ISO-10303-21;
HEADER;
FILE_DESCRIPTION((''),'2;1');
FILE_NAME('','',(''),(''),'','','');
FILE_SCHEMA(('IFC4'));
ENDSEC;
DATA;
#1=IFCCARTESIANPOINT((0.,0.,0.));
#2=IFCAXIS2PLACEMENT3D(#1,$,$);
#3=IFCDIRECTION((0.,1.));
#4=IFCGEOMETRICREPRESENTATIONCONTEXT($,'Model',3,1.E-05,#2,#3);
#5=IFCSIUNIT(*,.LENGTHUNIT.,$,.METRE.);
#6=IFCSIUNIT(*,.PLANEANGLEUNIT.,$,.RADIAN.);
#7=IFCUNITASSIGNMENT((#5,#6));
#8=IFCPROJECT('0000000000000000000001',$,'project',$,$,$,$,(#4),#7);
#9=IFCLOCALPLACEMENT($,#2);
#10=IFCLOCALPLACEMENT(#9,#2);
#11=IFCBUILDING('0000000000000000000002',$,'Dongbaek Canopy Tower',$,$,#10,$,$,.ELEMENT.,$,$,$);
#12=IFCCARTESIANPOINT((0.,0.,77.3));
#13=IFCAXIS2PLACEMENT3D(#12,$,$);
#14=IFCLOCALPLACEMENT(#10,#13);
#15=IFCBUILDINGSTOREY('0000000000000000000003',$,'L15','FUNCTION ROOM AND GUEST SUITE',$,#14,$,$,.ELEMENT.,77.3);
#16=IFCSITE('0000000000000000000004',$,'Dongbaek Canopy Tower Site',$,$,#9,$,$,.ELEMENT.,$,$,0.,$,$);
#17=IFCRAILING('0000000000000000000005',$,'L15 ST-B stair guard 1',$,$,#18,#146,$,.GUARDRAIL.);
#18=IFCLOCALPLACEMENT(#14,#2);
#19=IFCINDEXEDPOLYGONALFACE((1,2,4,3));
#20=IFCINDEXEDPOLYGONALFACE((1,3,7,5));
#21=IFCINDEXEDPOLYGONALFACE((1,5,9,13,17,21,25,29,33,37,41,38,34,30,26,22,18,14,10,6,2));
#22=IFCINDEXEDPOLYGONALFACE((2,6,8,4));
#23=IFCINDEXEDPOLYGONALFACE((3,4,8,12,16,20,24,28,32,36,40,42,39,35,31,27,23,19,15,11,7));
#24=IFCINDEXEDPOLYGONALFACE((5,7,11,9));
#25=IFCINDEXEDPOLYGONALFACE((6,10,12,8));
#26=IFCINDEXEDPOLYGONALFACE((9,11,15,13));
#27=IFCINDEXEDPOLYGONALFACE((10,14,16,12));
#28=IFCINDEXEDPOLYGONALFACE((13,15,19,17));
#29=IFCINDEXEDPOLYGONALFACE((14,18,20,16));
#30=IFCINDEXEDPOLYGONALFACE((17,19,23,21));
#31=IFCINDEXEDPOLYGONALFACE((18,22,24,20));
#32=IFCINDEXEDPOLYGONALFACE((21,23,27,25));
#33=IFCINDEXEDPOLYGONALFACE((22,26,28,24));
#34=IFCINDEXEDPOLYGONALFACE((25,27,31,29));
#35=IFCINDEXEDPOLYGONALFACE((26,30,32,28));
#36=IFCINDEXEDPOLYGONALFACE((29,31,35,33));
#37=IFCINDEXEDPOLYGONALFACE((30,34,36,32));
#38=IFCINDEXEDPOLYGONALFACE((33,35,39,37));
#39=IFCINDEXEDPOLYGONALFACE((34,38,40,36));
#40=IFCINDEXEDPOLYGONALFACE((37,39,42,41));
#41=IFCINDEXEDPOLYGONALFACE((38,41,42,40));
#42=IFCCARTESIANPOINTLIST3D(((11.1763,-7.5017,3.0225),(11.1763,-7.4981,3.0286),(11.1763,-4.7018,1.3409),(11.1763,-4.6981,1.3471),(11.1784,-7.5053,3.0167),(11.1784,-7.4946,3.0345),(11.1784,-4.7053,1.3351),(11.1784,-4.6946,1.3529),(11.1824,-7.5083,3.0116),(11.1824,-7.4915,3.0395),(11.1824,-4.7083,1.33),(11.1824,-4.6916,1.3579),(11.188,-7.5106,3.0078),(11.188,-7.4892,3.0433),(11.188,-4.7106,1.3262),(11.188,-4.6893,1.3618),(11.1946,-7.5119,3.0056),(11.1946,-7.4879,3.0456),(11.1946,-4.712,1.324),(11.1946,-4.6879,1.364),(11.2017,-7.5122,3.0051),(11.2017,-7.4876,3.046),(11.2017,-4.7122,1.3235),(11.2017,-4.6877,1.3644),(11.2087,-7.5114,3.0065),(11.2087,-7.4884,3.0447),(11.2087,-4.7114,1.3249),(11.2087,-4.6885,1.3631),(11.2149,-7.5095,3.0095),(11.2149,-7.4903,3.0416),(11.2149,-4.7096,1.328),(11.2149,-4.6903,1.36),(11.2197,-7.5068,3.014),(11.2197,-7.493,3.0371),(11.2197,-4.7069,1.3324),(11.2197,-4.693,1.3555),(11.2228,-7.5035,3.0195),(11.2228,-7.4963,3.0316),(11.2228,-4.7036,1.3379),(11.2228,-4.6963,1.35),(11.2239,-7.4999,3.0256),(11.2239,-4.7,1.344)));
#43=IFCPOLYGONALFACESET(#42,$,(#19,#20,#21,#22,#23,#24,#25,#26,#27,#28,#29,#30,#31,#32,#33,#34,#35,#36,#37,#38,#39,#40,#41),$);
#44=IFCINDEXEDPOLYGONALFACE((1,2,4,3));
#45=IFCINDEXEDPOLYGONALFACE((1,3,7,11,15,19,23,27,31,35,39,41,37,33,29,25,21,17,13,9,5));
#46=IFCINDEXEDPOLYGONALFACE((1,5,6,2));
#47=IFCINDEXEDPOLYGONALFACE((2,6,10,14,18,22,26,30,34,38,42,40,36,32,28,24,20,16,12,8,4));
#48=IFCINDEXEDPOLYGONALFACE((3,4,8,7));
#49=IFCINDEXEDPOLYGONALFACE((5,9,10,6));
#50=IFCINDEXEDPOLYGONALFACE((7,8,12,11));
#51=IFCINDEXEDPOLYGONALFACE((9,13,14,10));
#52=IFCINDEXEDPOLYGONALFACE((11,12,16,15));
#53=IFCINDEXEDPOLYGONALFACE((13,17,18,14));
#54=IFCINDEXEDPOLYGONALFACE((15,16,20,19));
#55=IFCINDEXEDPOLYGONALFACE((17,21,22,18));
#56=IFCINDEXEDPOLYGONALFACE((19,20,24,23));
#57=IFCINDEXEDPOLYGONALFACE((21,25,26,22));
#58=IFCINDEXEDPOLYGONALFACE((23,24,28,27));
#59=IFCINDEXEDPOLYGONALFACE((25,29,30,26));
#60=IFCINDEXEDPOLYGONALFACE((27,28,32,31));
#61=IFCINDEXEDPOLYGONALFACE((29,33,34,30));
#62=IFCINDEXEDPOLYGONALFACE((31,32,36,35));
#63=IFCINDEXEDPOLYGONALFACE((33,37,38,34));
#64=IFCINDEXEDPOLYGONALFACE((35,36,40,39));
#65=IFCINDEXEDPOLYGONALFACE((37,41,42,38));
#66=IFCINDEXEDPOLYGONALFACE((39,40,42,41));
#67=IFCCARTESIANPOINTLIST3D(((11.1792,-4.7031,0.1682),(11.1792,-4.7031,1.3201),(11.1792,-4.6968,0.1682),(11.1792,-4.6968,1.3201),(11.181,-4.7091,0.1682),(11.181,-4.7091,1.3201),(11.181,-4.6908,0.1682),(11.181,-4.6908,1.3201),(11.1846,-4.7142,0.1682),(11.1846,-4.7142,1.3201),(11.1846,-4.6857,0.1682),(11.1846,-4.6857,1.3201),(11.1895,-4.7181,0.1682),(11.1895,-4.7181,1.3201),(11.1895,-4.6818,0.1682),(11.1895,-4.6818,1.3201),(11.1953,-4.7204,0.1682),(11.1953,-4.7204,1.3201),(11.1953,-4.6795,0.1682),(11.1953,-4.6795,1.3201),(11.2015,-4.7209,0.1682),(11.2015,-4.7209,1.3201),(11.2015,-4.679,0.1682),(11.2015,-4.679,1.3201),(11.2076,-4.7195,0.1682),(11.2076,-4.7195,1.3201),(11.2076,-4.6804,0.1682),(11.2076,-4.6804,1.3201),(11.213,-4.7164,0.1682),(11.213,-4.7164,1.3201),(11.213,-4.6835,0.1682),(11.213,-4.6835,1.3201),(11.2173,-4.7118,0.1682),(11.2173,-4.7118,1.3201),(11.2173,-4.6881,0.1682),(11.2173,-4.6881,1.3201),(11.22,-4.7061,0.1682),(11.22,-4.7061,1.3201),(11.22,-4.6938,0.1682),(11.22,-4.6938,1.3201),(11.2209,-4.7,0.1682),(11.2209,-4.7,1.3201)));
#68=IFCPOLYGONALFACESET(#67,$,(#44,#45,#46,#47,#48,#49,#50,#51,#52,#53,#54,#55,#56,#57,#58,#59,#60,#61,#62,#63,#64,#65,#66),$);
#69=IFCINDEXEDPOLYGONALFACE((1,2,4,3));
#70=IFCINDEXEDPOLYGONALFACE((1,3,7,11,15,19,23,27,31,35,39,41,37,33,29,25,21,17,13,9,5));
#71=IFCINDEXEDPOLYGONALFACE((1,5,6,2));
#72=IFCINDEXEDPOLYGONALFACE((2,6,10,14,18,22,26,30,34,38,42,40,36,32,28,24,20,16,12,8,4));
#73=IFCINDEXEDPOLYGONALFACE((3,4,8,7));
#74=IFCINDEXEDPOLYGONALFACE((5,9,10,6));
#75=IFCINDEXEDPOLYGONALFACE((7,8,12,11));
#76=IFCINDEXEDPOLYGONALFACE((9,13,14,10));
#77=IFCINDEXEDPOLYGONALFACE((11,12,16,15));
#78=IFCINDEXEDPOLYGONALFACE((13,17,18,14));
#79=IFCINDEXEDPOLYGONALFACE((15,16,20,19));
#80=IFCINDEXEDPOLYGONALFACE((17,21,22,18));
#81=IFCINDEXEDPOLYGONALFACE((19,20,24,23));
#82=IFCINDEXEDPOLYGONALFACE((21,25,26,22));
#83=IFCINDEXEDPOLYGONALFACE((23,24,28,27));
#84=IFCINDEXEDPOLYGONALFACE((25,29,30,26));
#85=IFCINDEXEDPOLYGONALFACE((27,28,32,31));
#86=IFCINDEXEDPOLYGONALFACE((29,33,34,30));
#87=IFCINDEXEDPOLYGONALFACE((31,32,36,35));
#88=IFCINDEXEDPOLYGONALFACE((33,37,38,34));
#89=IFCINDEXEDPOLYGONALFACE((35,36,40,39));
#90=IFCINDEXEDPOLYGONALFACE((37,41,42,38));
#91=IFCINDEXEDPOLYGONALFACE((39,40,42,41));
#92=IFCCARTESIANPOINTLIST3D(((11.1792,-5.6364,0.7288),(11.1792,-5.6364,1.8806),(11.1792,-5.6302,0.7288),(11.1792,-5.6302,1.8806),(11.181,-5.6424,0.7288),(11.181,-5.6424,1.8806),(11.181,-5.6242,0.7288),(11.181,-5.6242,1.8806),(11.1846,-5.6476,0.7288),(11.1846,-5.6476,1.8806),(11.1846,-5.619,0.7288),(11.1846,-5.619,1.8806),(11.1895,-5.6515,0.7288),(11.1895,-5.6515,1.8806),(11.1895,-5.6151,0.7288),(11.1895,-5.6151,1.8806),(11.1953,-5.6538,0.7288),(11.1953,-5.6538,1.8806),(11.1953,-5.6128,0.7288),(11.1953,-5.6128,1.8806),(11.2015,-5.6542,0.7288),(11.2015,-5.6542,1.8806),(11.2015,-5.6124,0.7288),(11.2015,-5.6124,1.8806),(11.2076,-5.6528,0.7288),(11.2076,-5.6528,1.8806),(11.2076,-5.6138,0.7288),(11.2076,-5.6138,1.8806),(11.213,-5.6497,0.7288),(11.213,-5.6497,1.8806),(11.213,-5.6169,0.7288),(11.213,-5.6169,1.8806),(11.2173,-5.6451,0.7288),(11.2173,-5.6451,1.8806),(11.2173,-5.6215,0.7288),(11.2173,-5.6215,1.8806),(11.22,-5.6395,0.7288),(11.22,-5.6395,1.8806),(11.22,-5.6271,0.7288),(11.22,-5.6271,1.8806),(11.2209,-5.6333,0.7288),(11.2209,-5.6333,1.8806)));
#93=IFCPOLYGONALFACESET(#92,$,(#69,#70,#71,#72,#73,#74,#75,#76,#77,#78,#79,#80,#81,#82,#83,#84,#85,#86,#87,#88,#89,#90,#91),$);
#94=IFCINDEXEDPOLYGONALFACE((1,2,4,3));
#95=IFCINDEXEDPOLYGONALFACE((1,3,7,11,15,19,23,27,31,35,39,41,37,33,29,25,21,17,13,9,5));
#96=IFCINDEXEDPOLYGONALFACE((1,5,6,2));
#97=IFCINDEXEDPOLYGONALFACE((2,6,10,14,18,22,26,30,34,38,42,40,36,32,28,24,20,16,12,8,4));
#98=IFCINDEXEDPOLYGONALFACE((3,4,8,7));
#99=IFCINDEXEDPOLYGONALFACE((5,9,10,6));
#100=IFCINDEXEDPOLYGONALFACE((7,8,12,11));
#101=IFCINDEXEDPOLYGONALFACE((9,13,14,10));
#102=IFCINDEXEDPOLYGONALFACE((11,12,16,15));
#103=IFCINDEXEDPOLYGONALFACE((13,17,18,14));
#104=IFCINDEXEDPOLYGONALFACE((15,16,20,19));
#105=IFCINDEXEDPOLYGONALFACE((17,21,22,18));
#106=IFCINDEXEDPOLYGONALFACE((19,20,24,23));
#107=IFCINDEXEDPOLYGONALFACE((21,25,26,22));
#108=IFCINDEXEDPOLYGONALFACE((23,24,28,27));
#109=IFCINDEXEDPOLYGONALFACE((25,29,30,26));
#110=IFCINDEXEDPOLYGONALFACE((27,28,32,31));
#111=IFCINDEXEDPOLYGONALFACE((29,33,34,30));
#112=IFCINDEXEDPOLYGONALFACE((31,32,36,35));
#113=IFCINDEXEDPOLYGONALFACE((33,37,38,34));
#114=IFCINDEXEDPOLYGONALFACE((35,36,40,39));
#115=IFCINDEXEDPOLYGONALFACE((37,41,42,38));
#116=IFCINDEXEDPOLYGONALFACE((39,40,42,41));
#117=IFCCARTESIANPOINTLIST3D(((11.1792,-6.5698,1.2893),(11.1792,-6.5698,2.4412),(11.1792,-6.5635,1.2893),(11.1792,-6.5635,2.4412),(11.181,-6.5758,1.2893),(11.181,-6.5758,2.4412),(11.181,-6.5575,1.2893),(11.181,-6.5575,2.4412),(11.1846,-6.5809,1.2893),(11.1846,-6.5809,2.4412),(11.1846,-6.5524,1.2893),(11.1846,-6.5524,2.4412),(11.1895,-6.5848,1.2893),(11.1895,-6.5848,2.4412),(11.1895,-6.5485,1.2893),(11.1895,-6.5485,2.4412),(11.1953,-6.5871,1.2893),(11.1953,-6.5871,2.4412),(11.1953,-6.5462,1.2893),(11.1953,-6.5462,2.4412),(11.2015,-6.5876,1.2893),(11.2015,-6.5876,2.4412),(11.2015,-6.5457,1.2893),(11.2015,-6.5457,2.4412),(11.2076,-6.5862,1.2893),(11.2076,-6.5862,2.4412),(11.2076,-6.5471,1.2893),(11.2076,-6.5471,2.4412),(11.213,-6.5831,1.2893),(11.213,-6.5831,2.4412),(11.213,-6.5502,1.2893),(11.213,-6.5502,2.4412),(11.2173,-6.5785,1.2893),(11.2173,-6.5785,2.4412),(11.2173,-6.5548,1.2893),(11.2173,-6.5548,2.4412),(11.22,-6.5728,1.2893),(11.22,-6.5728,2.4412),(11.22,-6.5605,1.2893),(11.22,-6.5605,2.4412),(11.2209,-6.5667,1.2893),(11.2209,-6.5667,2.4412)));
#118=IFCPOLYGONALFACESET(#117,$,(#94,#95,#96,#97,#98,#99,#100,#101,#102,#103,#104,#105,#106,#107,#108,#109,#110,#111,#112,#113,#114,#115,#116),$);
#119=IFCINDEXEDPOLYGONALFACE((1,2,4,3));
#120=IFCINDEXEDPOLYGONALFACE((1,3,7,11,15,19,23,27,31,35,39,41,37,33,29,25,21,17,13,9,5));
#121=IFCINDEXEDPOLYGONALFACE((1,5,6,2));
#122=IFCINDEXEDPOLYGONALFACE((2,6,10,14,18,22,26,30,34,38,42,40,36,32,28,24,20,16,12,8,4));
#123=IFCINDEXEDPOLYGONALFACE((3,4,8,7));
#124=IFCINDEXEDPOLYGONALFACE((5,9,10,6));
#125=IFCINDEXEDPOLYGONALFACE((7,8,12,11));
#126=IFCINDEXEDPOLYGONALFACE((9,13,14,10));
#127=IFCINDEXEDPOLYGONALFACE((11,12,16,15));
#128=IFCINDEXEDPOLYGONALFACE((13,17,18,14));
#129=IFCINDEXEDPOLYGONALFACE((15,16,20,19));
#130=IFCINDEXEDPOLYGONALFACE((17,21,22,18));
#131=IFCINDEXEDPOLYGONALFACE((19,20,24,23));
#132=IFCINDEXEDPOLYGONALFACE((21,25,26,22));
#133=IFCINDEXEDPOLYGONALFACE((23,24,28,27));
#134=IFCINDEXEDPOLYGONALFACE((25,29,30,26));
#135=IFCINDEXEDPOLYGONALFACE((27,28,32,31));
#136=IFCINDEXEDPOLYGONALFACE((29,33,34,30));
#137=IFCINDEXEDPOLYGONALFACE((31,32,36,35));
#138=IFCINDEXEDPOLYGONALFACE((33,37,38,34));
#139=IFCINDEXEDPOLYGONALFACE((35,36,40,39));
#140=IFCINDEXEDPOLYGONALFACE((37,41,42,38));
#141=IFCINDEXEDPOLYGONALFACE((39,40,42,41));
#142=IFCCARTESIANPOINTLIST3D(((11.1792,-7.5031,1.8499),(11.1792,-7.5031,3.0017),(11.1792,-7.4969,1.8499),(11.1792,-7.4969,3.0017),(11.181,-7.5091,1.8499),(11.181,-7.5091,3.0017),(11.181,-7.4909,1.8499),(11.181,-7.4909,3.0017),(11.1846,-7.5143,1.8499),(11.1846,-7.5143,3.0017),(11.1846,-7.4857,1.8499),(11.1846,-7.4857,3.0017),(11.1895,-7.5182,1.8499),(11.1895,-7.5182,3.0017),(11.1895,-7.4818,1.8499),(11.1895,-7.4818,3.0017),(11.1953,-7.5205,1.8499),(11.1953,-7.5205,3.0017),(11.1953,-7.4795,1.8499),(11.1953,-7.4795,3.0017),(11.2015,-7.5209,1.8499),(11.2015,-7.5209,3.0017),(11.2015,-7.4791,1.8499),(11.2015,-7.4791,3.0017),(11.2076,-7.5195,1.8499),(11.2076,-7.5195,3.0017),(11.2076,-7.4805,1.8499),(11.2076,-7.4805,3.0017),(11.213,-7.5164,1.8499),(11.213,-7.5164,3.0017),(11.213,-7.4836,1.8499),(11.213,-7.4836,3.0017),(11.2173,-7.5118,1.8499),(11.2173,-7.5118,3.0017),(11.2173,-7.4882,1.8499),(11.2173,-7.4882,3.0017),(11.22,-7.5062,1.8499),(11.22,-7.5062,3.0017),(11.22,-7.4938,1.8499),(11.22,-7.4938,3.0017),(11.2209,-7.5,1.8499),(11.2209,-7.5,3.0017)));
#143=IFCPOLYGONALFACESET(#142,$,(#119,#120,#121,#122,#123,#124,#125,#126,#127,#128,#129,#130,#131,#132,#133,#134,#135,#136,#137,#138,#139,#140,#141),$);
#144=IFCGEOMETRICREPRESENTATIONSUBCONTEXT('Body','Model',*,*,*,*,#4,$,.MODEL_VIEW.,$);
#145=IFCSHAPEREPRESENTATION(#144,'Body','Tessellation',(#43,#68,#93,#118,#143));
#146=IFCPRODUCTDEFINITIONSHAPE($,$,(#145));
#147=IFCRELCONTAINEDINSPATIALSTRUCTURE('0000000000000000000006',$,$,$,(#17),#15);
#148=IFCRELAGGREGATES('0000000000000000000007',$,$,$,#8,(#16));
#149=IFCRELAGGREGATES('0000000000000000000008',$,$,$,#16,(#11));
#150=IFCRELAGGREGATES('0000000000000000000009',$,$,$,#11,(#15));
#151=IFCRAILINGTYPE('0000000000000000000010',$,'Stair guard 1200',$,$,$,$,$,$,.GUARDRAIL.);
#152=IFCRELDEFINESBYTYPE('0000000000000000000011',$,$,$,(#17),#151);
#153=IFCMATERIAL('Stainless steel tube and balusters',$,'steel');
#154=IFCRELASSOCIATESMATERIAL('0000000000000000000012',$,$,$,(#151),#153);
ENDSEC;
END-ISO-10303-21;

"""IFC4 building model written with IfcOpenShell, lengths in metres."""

from ifc_helpers import new_model, si_unit, direction, frame, origin, origin_2d, place, context, subcontext, project, spatial, circle, extrude, material, type_object, element, save


model = new_model("IFC4")

# Units and contexts
model_context = context("Model", 3, precision=1e-05, world=origin(), true_north=direction((0.0, 1.0)))
body_context = subcontext(model_context, "Body", "Model", "MODEL_VIEW")
ifc_project = project(units=[si_unit("LENGTHUNIT", "METRE"), si_unit("PLANEANGLEUNIT", "RADIAN")], contexts=[model_context])

# Site, building, storey
site_placement = place(None, origin())
site = spatial("IfcSite", under=ifc_project, at=site_placement, Name="Dongbaek Canopy Tower Site", CompositionType="ELEMENT", RefElevation=0.0)
building_placement = place(site_placement, origin())
building = spatial("IfcBuilding", under=site, at=building_placement, Name="Dongbaek Canopy Tower", CompositionType="ELEMENT")
storey_placement = place(building_placement, frame((0.0, 0.0, 77.3)))
storey = spatial("IfcBuildingStorey", under=building, at=storey_placement, Name="L15", Description="FUNCTION ROOM AND GUEST SUITE", CompositionType="ELEMENT", Elevation=77.3)

# Railing
ifc_material_1 = material(Name="Stainless steel tube and balusters", Category="steel")
railing_type_1 = type_object("IfcRailingType", Name="Stair guard 1200", PredefinedType="GUARDRAIL", material=ifc_material_1)
railing_1_placement = place(storey_placement, frame((11.2, -4.7, 0.1682)))
element("IfcRailing", 1, at=railing_1_placement, inside=storey, type_object=railing_type_1, Name="L15 ST-B stair guard 1", PredefinedType="GUARDRAIL", context=body_context, shape_type="SweptSolid", body=[
    extrude(circle(Radius=0.0239, at=origin_2d()), frame((0.0, 0.0, 1.1758), z_axis=(0.0, -0.857275, 0.514858), x_axis=(1.0, 0.0, 0.0)), (0.0, 0.0, 1.0), 3.2661),
    extrude(circle(Radius=0.021, at=origin_2d()), origin(), (0.0, 0.0, 1.0), 1.1519),
    extrude(circle(Radius=0.021, at=origin_2d()), frame((0.0, -0.9333, 0.5605)), (0.0, 0.0, 1.0), 1.1519),
    extrude(circle(Radius=0.021, at=origin_2d()), frame((0.0, -1.8667, 1.1211)), (0.0, 0.0, 1.0), 1.1519),
    extrude(circle(Radius=0.021, at=origin_2d()), frame((0.0, -2.8, 1.6816)), (0.0, 0.0, 1.0), 1.1519),
])

save(model, "model.ifc")
